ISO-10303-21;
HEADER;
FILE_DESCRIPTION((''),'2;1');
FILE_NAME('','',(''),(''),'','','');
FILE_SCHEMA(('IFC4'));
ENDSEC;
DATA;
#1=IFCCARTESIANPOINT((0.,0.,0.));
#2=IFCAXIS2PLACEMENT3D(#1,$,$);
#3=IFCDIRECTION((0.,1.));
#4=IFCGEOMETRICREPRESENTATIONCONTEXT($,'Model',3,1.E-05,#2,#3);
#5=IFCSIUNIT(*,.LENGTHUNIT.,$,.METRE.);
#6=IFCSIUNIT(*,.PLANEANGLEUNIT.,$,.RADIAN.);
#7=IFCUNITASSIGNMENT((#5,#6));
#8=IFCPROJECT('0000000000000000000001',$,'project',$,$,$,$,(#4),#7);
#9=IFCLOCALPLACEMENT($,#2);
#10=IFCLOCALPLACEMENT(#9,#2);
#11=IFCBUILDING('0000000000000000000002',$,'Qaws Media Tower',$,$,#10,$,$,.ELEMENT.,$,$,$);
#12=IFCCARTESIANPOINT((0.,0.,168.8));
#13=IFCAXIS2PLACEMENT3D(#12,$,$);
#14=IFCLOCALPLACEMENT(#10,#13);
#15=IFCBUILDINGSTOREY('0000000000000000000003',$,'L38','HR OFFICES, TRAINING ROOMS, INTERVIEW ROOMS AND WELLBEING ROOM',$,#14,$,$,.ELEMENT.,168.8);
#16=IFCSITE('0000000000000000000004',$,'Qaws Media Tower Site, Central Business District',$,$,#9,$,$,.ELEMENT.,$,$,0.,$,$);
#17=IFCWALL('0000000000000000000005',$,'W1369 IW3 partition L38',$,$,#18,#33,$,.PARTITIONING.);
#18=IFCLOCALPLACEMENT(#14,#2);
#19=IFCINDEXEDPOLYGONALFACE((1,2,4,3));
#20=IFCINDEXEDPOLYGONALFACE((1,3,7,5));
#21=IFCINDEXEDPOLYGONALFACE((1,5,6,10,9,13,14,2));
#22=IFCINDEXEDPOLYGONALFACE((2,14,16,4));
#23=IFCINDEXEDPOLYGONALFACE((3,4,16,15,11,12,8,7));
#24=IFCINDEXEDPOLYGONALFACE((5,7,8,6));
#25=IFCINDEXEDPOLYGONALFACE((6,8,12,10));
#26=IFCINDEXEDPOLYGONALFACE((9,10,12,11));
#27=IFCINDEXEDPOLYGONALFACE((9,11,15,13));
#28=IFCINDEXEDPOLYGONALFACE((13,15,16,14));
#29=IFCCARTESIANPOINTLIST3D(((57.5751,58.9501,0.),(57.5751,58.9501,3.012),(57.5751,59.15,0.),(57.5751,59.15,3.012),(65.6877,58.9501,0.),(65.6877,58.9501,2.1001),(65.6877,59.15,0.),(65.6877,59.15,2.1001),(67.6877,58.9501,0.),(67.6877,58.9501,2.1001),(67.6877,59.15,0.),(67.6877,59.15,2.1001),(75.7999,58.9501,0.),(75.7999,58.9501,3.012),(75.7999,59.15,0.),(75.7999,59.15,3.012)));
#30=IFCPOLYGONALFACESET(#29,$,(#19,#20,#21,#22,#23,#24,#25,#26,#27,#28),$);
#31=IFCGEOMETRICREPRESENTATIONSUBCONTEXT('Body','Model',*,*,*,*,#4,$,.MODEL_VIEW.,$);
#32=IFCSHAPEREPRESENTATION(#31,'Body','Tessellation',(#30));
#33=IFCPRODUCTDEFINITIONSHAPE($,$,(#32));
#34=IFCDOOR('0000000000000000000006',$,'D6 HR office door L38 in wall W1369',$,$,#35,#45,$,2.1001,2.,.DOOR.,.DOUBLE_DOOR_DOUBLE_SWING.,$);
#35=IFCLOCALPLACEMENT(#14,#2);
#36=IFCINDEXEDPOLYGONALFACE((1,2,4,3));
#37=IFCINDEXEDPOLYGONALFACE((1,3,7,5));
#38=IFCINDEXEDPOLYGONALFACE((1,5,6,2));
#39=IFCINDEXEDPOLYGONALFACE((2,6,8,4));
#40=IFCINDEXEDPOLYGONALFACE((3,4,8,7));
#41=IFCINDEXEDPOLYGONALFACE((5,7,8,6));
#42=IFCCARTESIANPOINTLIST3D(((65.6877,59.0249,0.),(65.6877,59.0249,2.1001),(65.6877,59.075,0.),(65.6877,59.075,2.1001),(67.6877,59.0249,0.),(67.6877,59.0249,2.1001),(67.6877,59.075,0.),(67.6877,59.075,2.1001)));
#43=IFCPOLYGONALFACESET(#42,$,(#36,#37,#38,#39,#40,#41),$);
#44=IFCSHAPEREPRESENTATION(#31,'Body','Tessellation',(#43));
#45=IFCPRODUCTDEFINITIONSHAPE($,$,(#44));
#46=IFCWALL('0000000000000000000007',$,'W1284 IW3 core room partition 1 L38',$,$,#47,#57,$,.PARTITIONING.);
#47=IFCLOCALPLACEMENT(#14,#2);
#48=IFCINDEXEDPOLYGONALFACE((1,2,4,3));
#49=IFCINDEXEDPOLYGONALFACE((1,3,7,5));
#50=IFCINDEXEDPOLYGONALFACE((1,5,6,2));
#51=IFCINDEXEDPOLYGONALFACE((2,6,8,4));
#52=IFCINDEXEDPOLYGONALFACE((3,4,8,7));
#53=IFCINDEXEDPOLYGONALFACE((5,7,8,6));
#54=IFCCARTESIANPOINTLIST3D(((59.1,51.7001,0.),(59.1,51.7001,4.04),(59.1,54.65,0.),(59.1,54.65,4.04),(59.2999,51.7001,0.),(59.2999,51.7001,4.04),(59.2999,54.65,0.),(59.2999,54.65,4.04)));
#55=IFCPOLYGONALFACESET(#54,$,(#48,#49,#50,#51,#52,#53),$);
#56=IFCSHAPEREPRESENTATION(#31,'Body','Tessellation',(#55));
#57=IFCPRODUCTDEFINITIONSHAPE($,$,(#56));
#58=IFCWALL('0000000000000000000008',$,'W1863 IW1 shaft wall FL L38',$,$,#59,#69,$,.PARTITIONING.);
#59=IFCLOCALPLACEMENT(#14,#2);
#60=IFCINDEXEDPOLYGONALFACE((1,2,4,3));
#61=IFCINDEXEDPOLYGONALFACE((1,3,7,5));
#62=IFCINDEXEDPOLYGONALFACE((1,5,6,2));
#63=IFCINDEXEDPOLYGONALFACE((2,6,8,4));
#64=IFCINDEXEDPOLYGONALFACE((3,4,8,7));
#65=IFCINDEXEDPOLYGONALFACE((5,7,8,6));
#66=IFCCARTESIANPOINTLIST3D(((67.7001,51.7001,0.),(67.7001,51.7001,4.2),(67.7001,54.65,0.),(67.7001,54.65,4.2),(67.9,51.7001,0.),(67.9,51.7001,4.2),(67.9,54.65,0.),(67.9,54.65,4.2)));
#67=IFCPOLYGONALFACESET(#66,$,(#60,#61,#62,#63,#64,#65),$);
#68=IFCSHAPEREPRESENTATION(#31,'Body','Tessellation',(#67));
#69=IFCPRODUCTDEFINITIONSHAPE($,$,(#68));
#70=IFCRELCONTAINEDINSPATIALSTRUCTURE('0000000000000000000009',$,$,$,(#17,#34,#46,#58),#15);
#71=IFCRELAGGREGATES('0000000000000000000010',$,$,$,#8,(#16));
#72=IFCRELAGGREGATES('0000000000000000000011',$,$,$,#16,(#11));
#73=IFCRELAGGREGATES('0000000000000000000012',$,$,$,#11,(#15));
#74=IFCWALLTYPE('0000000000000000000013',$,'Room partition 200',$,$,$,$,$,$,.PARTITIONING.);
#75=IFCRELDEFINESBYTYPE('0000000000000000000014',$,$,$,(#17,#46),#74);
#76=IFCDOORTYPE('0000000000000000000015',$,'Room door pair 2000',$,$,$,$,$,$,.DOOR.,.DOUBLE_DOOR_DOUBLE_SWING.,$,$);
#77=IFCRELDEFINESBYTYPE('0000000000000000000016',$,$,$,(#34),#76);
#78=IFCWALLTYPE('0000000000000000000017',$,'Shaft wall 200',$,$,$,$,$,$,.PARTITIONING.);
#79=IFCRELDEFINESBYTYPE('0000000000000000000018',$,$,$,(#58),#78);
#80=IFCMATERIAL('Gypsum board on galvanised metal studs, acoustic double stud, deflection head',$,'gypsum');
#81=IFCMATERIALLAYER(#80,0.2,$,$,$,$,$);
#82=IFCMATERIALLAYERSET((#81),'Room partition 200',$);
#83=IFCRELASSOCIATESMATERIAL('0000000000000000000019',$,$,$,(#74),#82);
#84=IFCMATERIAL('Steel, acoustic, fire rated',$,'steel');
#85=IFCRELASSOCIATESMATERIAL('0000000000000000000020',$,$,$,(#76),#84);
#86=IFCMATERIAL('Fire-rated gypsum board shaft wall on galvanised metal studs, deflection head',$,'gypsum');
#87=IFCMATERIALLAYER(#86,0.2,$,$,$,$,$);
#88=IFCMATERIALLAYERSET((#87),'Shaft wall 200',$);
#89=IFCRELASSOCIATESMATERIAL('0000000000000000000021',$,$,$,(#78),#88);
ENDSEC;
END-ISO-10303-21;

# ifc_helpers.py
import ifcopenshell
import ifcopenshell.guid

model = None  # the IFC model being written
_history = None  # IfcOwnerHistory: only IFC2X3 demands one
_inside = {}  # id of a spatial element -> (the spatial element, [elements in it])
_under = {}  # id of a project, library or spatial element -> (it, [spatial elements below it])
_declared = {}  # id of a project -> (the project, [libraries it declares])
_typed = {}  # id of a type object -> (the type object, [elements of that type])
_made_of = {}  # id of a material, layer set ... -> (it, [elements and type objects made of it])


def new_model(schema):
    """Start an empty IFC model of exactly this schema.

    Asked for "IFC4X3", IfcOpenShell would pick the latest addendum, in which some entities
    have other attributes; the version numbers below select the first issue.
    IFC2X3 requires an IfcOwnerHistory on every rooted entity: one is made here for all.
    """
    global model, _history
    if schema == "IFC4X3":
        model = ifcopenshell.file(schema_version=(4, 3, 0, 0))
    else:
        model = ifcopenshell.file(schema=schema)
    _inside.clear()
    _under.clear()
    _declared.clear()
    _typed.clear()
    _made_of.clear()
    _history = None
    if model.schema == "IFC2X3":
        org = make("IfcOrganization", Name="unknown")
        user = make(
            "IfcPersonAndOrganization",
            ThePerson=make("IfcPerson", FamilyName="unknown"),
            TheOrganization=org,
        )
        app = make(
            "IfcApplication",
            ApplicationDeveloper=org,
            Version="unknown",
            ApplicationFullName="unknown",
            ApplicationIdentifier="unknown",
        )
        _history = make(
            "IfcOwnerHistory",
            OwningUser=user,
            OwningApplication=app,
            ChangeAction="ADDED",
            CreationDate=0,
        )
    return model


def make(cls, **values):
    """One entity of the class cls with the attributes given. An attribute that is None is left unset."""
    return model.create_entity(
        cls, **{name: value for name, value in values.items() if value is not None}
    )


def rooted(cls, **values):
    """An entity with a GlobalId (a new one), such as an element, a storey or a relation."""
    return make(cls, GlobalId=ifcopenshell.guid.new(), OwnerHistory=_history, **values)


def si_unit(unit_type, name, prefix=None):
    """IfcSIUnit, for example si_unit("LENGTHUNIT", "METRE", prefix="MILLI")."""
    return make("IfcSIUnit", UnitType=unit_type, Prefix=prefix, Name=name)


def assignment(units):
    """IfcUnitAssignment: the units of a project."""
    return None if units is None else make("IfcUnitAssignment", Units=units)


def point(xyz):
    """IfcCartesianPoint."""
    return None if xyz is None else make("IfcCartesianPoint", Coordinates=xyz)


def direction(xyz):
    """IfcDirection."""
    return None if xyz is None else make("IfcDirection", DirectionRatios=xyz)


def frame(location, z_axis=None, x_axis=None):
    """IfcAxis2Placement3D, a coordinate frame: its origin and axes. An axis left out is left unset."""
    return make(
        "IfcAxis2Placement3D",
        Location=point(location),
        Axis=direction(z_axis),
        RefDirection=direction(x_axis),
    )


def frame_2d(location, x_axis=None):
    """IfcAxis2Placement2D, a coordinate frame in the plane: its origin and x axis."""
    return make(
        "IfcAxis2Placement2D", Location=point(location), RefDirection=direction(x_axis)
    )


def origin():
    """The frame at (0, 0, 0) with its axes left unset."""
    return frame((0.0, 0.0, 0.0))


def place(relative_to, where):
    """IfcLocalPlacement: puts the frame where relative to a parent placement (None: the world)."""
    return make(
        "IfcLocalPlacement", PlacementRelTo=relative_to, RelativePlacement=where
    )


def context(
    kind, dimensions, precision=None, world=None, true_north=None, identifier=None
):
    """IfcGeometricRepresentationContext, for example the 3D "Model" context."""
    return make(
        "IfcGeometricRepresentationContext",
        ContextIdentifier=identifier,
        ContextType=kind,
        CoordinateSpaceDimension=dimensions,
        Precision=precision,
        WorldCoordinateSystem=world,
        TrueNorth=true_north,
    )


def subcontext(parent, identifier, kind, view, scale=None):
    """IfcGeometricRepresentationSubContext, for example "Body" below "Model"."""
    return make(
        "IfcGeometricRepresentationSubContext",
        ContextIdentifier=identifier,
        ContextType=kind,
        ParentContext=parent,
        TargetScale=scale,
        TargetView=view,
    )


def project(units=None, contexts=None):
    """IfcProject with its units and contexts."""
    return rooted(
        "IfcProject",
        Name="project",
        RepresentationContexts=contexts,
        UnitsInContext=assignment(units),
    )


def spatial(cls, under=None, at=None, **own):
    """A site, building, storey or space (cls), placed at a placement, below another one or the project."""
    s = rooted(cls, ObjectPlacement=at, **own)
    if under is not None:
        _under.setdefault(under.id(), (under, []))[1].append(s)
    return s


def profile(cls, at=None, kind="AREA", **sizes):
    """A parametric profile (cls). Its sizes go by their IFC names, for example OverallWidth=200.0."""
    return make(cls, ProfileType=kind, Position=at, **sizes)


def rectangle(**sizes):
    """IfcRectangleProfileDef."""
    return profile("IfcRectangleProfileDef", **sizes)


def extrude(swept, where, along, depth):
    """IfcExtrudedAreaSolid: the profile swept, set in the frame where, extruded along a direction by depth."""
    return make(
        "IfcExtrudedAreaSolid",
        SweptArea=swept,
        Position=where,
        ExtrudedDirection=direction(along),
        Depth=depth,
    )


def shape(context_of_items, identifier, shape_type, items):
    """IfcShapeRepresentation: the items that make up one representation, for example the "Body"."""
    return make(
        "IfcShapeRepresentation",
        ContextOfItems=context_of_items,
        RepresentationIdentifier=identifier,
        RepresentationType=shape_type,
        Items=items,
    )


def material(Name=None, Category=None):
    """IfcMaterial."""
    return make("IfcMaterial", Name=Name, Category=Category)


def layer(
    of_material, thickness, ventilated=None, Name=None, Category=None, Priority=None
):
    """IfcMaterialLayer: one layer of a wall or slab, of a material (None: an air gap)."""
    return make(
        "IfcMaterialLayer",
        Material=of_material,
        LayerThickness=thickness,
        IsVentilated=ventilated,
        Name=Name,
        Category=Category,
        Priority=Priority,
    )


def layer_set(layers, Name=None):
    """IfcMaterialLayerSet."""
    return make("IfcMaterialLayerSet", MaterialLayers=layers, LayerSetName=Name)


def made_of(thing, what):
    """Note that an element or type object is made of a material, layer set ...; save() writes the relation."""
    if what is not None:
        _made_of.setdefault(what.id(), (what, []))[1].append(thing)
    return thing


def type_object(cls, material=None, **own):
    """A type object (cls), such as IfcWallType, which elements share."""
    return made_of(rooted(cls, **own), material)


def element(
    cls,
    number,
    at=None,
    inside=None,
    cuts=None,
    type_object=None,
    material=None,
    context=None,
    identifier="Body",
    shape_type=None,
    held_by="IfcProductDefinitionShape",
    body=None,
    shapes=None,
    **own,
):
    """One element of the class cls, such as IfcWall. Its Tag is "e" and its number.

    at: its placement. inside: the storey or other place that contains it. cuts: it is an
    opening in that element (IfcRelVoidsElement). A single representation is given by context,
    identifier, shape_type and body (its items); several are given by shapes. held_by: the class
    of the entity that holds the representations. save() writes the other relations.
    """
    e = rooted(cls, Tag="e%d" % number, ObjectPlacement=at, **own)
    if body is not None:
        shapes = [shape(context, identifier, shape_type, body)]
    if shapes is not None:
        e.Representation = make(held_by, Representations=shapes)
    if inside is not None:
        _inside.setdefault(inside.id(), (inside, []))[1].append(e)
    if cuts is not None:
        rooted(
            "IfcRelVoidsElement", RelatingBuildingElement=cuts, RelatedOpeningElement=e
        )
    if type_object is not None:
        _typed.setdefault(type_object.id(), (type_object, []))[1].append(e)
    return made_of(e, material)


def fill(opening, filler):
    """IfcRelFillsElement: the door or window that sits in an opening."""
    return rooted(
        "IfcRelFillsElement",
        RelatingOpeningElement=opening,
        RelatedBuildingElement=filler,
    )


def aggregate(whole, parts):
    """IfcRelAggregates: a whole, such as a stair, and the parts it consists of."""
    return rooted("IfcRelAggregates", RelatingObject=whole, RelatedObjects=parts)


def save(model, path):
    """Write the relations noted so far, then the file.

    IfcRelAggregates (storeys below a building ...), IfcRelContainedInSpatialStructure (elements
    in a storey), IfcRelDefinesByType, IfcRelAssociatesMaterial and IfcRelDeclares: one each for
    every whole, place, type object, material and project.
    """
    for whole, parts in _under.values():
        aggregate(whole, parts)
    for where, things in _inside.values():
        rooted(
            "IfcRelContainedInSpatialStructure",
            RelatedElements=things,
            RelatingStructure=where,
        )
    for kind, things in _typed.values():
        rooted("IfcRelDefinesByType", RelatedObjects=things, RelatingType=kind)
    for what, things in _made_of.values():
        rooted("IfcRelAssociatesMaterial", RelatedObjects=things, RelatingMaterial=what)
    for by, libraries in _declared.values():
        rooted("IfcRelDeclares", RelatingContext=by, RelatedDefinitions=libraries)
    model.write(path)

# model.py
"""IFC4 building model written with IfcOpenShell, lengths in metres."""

from ifc_helpers import new_model, si_unit, direction, frame, frame_2d, origin, place, context, subcontext, project, spatial, rectangle, extrude, material, layer, layer_set, type_object, element, fill, save


model = new_model("IFC4")

# Units and contexts
model_context = context("Model", 3, precision=1e-05, world=origin(), true_north=direction((0.0, 1.0)))
body_context = subcontext(model_context, "Body", "Model", "MODEL_VIEW")
ifc_project = project(units=[si_unit("LENGTHUNIT", "METRE"), si_unit("PLANEANGLEUNIT", "RADIAN")], contexts=[model_context])

# Site, building, storey
site_placement = place(None, origin())
site = spatial("IfcSite", under=ifc_project, at=site_placement, Name="Qaws Media Tower Site, Central Business District", CompositionType="ELEMENT", RefElevation=0.0)
building_placement = place(site_placement, origin())
building = spatial("IfcBuilding", under=site, at=building_placement, Name="Qaws Media Tower", CompositionType="ELEMENT")
storey_placement = place(building_placement, frame((0.0, 0.0, 168.8)))
storey = spatial("IfcBuildingStorey", under=building, at=storey_placement, Name="L38", Description="HR OFFICES, TRAINING ROOMS, INTERVIEW ROOMS AND WELLBEING ROOM", CompositionType="ELEMENT", Elevation=168.8)

# Wall, opening, door
ifc_material_1 = material(Name="Gypsum board on galvanised metal studs, acoustic double stud, deflection head", Category="gypsum")
ifc_layer_1 = layer(ifc_material_1, 0.2)
ifc_layer_set_1 = layer_set([ifc_layer_1], Name="Room partition 200")
wall_type_1 = type_object("IfcWallType", Name="Room partition 200", PredefinedType="PARTITIONING", material=ifc_layer_set_1)
wall_1_placement = place(storey_placement, frame((57.5752, 59.05, 0.0), z_axis=(0.0, 0.0, 1.0), x_axis=(1.0, 0.0, 0.0)))
wall_1 = element("IfcWall", 1, at=wall_1_placement, inside=storey, type_object=wall_type_1, Name="W1369 IW3 partition L38", PredefinedType="PARTITIONING", context=body_context, shape_type="SweptSolid", body=[
    extrude(rectangle(XDim=18.2249, YDim=0.2, at=frame_2d((9.1123, 0.0))), origin(), (0.0, 0.0, 1.0), 3.012),
])
opening_1_placement = place(wall_1_placement, frame((8.1125, 0.0, 0.0)))
opening_1 = element("IfcOpeningElement", 2, at=opening_1_placement, cuts=wall_1, PredefinedType="OPENING", context=body_context, shape_type="SweptSolid", body=[
    extrude(rectangle(XDim=2.0, YDim=2.1001, at=frame_2d((1.0, 1.05))), frame((0.0, 0.1099, 0.0), z_axis=(0.0, -1.0, 0.0), x_axis=(1.0, 0.0, 0.0)), (0.0, 0.0, 1.0), 0.22),
])
ifc_material_2 = material(Name="Steel, acoustic, fire rated", Category="steel")
door_type_1 = type_object("IfcDoorType", Name="Room door pair 2000", OperationType="DOUBLE_DOOR_DOUBLE_SWING", PredefinedType="DOOR", material=ifc_material_2)
door_1_placement = place(opening_1_placement, origin())
door_1 = element("IfcDoor", 3, at=door_1_placement, inside=storey, type_object=door_type_1, Name="D6 HR office door L38 in wall W1369", OperationType="DOUBLE_DOOR_DOUBLE_SWING", OverallHeight=2.1001, OverallWidth=2.0, PredefinedType="DOOR", context=body_context, shape_type="SweptSolid", body=[
    extrude(rectangle(XDim=2.0, YDim=2.1001, at=frame_2d((1.0, 1.05))), frame((0.0, 0.0249, 0.0), z_axis=(0.0, -1.0, 0.0), x_axis=(1.0, 0.0, 0.0)), (0.0, 0.0, 1.0), 0.05),
])
fill(opening_1, door_1)

# Walls
wall_2_placement = place(storey_placement, frame((59.2, 51.7, 0.0), z_axis=(0.0, 0.0, 1.0), x_axis=(0.0, 1.0, 0.0)))
element("IfcWall", 4, at=wall_2_placement, inside=storey, type_object=wall_type_1, Name="W1284 IW3 core room partition 1 L38", PredefinedType="PARTITIONING", context=body_context, shape_type="SweptSolid", body=[
    extrude(rectangle(XDim=2.95, YDim=0.2, at=frame_2d((1.4751, 0.0))), origin(), (0.0, 0.0, 1.0), 4.04),
])
ifc_material_3 = material(Name="Fire-rated gypsum board shaft wall on galvanised metal studs, deflection head", Category="gypsum")
ifc_layer_2 = layer(ifc_material_3, 0.2)
ifc_layer_set_2 = layer_set([ifc_layer_2], Name="Shaft wall 200")
wall_type_2 = type_object("IfcWallType", Name="Shaft wall 200", PredefinedType="PARTITIONING", material=ifc_layer_set_2)
wall_3_placement = place(storey_placement, frame((67.8, 51.7, 0.0), z_axis=(0.0, 0.0, 1.0), x_axis=(0.0, 1.0, 0.0)))
element("IfcWall", 5, at=wall_3_placement, inside=storey, type_object=wall_type_2, Name="W1863 IW1 shaft wall FL L38", PredefinedType="PARTITIONING", context=body_context, shape_type="SweptSolid", body=[
    extrude(rectangle(XDim=2.95, YDim=0.2, at=frame_2d((1.4751, 0.0))), origin(), (0.0, 0.0, 1.0), 4.2),
])

save(model, "model.ifc")
